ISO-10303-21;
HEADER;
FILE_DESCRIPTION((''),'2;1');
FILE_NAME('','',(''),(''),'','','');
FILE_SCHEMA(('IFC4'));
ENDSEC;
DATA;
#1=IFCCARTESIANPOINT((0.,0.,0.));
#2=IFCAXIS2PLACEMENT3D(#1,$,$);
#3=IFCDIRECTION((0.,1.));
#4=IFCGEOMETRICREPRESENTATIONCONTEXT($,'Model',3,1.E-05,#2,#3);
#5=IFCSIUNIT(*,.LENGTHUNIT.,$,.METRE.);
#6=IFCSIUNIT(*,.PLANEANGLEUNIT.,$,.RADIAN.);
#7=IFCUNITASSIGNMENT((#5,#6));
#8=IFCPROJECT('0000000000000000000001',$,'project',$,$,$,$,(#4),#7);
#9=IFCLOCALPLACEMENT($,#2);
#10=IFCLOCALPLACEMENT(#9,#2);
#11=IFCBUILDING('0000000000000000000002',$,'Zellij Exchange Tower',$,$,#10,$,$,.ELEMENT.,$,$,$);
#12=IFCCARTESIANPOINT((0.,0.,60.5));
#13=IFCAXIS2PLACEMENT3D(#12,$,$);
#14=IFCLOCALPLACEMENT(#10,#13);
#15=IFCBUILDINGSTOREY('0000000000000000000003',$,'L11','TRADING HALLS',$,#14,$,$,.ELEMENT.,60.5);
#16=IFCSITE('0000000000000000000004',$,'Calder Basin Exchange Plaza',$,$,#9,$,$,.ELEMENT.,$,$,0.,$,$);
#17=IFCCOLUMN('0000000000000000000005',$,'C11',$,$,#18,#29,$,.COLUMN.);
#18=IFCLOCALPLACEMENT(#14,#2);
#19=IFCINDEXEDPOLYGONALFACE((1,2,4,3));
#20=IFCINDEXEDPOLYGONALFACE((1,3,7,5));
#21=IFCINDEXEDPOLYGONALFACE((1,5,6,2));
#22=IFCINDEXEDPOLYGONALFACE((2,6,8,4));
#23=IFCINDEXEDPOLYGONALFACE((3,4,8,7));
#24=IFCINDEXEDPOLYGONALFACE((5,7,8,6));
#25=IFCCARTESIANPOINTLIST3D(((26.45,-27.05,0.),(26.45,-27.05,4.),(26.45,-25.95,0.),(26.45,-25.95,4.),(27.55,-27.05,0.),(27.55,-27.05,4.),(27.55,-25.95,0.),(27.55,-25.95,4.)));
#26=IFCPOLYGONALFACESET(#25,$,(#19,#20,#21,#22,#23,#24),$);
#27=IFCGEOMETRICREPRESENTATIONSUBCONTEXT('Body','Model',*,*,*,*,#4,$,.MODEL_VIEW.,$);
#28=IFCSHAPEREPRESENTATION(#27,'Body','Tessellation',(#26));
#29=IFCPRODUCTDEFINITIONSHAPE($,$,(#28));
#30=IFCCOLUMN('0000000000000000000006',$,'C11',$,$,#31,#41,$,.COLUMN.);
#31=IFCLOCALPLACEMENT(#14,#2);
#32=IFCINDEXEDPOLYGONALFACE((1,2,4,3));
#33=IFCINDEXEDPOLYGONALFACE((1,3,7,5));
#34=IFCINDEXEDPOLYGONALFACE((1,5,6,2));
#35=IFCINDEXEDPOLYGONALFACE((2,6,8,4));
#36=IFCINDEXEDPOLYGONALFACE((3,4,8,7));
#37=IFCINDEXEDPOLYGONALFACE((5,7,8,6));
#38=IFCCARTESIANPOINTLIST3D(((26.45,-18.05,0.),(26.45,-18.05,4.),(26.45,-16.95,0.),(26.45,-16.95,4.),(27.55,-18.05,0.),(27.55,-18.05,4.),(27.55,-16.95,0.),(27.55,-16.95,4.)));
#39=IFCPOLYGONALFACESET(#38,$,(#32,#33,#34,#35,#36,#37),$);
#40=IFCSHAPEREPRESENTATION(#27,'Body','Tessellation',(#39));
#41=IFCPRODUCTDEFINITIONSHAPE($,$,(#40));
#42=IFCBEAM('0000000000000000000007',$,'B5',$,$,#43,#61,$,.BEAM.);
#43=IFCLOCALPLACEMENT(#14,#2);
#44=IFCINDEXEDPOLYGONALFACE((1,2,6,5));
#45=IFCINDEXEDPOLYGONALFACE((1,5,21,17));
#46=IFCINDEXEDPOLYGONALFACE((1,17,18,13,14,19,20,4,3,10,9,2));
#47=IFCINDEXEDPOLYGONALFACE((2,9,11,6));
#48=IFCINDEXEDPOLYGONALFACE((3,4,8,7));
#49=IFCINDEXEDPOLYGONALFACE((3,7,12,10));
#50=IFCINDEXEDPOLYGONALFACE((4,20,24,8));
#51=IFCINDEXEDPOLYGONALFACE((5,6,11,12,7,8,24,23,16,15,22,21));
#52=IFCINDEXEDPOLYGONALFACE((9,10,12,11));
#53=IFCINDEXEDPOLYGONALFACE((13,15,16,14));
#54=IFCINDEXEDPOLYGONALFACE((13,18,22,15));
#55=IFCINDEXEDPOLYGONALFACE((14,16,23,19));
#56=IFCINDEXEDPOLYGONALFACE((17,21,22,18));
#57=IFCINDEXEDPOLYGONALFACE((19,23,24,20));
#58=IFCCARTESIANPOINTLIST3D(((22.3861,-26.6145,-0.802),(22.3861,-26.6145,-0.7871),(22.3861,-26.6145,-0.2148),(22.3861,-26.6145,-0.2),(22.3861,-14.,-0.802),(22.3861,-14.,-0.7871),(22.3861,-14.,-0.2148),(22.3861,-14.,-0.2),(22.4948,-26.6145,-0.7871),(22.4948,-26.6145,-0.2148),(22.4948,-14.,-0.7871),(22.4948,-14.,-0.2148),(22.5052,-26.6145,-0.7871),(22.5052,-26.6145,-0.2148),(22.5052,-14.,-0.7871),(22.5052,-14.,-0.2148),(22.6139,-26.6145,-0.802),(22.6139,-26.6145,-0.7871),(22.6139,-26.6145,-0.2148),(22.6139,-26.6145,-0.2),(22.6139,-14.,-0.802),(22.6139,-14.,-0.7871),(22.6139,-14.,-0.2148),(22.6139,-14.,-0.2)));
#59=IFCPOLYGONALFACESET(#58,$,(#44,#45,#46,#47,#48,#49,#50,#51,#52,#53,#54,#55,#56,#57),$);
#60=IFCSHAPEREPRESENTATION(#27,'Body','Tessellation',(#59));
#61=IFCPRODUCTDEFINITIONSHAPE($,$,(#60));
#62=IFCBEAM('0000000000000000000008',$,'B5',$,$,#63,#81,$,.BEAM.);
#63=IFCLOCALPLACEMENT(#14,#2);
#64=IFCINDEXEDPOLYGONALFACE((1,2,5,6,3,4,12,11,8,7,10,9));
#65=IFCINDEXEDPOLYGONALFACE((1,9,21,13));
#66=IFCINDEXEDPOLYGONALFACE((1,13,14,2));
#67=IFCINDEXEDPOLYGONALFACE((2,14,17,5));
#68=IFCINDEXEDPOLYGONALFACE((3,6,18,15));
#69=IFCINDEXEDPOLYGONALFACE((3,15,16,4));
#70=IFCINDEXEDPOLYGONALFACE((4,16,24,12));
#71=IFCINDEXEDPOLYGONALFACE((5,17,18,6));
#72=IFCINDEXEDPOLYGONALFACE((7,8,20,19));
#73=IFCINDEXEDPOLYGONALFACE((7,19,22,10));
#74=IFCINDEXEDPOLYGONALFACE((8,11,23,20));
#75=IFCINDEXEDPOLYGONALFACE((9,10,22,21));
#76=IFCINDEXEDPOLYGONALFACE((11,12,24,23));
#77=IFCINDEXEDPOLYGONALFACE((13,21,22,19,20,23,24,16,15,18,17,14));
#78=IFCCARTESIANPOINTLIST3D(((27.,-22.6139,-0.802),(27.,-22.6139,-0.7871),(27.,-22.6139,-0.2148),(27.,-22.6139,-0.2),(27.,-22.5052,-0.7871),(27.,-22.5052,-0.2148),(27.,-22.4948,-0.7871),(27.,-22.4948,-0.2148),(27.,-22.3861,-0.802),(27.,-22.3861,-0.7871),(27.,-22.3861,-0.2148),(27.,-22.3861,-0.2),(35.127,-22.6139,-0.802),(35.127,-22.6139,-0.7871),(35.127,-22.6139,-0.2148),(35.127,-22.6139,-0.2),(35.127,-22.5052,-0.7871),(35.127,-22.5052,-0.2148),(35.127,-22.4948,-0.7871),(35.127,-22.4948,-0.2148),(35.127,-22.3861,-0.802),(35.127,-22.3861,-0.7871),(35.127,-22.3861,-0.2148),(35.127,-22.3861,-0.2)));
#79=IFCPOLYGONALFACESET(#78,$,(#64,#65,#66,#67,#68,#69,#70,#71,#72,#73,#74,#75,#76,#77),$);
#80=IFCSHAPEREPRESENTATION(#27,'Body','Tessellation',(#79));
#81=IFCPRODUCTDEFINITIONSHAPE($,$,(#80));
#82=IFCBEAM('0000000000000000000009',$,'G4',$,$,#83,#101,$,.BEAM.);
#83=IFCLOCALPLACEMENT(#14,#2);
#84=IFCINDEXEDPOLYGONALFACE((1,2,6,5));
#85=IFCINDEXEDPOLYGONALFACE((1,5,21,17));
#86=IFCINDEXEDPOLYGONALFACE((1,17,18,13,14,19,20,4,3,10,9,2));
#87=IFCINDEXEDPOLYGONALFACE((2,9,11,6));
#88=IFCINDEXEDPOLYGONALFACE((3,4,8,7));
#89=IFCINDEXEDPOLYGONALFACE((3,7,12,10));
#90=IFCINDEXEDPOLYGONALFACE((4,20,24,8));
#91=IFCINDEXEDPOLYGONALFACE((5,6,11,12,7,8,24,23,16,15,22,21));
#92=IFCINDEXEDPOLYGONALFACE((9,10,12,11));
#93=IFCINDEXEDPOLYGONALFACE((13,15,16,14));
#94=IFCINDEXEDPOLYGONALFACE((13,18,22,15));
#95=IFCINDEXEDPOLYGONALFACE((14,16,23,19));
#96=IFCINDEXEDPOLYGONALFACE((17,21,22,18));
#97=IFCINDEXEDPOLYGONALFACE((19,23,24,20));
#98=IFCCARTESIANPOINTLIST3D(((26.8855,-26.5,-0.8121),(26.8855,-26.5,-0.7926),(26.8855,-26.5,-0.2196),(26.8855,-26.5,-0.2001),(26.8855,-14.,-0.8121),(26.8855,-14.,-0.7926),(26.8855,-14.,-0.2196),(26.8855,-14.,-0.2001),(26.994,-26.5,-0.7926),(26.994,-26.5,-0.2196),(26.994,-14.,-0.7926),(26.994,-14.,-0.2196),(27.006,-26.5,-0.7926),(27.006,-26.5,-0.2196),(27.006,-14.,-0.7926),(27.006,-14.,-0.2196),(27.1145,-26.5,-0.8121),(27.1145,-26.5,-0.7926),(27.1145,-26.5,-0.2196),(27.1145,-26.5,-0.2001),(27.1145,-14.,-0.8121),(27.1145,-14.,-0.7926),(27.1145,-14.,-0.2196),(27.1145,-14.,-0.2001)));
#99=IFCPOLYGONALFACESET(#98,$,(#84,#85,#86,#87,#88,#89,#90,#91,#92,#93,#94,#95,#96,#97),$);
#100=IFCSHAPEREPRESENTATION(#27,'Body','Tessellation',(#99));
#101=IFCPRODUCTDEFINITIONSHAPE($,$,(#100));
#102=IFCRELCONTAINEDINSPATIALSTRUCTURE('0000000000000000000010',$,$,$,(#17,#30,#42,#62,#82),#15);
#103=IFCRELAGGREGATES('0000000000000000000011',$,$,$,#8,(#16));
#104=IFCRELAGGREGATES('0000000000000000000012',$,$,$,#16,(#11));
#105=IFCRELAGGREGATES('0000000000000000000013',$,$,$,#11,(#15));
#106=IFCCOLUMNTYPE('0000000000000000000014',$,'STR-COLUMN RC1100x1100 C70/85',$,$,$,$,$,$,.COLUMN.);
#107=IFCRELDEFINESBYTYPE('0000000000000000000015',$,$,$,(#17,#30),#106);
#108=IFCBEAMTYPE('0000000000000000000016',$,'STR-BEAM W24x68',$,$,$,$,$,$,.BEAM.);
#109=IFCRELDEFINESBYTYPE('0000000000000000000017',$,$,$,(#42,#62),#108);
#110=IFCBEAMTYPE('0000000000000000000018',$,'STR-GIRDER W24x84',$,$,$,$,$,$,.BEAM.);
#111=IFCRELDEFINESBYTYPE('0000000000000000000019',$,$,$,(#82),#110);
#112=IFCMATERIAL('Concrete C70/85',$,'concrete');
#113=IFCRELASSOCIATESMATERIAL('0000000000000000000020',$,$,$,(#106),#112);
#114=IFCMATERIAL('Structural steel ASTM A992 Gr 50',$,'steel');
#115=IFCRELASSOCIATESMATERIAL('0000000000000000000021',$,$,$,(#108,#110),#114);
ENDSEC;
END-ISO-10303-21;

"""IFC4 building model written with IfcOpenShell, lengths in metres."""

from ifc_helpers import new_model, si_unit, direction, frame, origin, origin_2d, place, context, subcontext, project, spatial, rectangle, i_section, extrude, material, material_profile, profile_set, type_object, element, save


model = new_model("IFC4")

# Units and contexts
model_context = context("Model", 3, precision=1e-05, world=origin(), true_north=direction((0.0, 1.0)))
body_context = subcontext(model_context, "Body", "Model", "MODEL_VIEW")
ifc_project = project(units=[si_unit("LENGTHUNIT", "METRE"), si_unit("PLANEANGLEUNIT", "RADIAN")], contexts=[model_context])

# Site, building, storey
site_placement = place(None, origin())
site = spatial("IfcSite", under=ifc_project, at=site_placement, Name="Calder Basin Exchange Plaza", CompositionType="ELEMENT", RefElevation=0.0)
building_placement = place(site_placement, origin())
building = spatial("IfcBuilding", under=site, at=building_placement, Name="Zellij Exchange Tower", CompositionType="ELEMENT")
storey_placement = place(building_placement, frame((0.0, 0.0, 60.5)))
storey = spatial("IfcBuildingStorey", under=building, at=storey_placement, Name="L11", Description="TRADING HALLS", CompositionType="ELEMENT", Elevation=60.5)

# Columns
ifc_material_1 = material(Name="Concrete C70/85", Category="concrete")
ifc_material_profile_1 = material_profile(ifc_material_1, rectangle(XDim=1.1001, YDim=1.1001, at=origin_2d()), Name="STR-COLUMN RC1100x1100 C70/85")
ifc_profile_set_1 = profile_set([ifc_material_profile_1], Name="Concrete C70/85")
column_type = type_object("IfcColumnType", Name="STR-COLUMN RC1100x1100 C70/85", PredefinedType="COLUMN", material=ifc_profile_set_1)
for number, where, z_axis, x_axis, name in (
    (1, (27.0, -26.5, 0.0), (0.0, 0.0, 1.0), (1.0, 0.0, 0.0), "C11"),
    (2, (27.0, -17.5, 0.0), (0.0, 0.0, 1.0), (1.0, 0.0, 0.0), "C11"),
):
    element("IfcColumn", number, at=place(storey_placement, frame(where, z_axis=z_axis, x_axis=x_axis)), inside=storey, type_object=column_type, Name=name, PredefinedType="COLUMN", context=body_context, shape_type="SweptSolid", body=[
        extrude(rectangle(XDim=1.1001, YDim=1.1001, at=origin_2d()), origin(), (0.0, 0.0, 1.0), 4.0),
    ])

# Beams
ifc_material_2 = material(Name="Structural steel ASTM A992 Gr 50", Category="steel")
ifc_material_profile_2 = material_profile(ifc_material_2, i_section(OverallWidth=0.2278, OverallDepth=0.6021, WebThickness=0.0105, FlangeThickness=0.0149, at=origin_2d()), Name="W24x68")
ifc_profile_set_2 = profile_set([ifc_material_profile_2], Name="Structural steel ASTM A992 Gr 50")
beam_type_1 = type_object("IfcBeamType", Name="STR-BEAM W24x68", PredefinedType="BEAM", material=ifc_profile_set_2)
beam_1_placement = place(storey_placement, frame((22.5, -26.6145, -0.501), z_axis=(0.0, 1.0, 0.0), x_axis=(-1.0, 0.0, 0.0)))
element("IfcBeam", 3, at=beam_1_placement, inside=storey, type_object=beam_type_1, Name="B5", PredefinedType="BEAM", context=body_context, shape_type="SweptSolid", body=[
    extrude(i_section(OverallWidth=0.2278, OverallDepth=0.6021, WebThickness=0.0105, FlangeThickness=0.0149, at=origin_2d()), origin(), (0.0, 0.0, 1.0), 12.6145),
])
beam_2_placement = place(storey_placement, frame((27.0, -22.5, -0.501), z_axis=(1.0, 0.0, 0.0), x_axis=(0.0, 1.0, 0.0)))
element("IfcBeam", 4, at=beam_2_placement, inside=storey, type_object=beam_type_1, Name="B5", PredefinedType="BEAM", context=body_context, shape_type="SweptSolid", body=[
    extrude(i_section(OverallWidth=0.2278, OverallDepth=0.6021, WebThickness=0.0105, FlangeThickness=0.0149, at=origin_2d()), origin(), (0.0, 0.0, 1.0), 8.127),
])
ifc_material_profile_3 = material_profile(ifc_material_2, i_section(OverallWidth=0.229, OverallDepth=0.6121, WebThickness=0.012, FlangeThickness=0.0195, at=origin_2d()), Name="W24x84")
ifc_profile_set_3 = profile_set([ifc_material_profile_3], Name="Structural steel ASTM A992 Gr 50")
beam_type_2 = type_object("IfcBeamType", Name="STR-GIRDER W24x84", PredefinedType="BEAM", material=ifc_profile_set_3)
beam_3_placement = place(storey_placement, frame((27.0, -26.5, -0.5061), z_axis=(0.0, 1.0, 0.0), x_axis=(-1.0, 0.0, 0.0)))
element("IfcBeam", 5, at=beam_3_placement, inside=storey, type_object=beam_type_2, Name="G4", PredefinedType="BEAM", context=body_context, shape_type="SweptSolid", body=[
    extrude(i_section(OverallWidth=0.229, OverallDepth=0.6121, WebThickness=0.012, FlangeThickness=0.0195, at=origin_2d()), origin(), (0.0, 0.0, 1.0), 12.5),
])

save(model, "model.ifc")
